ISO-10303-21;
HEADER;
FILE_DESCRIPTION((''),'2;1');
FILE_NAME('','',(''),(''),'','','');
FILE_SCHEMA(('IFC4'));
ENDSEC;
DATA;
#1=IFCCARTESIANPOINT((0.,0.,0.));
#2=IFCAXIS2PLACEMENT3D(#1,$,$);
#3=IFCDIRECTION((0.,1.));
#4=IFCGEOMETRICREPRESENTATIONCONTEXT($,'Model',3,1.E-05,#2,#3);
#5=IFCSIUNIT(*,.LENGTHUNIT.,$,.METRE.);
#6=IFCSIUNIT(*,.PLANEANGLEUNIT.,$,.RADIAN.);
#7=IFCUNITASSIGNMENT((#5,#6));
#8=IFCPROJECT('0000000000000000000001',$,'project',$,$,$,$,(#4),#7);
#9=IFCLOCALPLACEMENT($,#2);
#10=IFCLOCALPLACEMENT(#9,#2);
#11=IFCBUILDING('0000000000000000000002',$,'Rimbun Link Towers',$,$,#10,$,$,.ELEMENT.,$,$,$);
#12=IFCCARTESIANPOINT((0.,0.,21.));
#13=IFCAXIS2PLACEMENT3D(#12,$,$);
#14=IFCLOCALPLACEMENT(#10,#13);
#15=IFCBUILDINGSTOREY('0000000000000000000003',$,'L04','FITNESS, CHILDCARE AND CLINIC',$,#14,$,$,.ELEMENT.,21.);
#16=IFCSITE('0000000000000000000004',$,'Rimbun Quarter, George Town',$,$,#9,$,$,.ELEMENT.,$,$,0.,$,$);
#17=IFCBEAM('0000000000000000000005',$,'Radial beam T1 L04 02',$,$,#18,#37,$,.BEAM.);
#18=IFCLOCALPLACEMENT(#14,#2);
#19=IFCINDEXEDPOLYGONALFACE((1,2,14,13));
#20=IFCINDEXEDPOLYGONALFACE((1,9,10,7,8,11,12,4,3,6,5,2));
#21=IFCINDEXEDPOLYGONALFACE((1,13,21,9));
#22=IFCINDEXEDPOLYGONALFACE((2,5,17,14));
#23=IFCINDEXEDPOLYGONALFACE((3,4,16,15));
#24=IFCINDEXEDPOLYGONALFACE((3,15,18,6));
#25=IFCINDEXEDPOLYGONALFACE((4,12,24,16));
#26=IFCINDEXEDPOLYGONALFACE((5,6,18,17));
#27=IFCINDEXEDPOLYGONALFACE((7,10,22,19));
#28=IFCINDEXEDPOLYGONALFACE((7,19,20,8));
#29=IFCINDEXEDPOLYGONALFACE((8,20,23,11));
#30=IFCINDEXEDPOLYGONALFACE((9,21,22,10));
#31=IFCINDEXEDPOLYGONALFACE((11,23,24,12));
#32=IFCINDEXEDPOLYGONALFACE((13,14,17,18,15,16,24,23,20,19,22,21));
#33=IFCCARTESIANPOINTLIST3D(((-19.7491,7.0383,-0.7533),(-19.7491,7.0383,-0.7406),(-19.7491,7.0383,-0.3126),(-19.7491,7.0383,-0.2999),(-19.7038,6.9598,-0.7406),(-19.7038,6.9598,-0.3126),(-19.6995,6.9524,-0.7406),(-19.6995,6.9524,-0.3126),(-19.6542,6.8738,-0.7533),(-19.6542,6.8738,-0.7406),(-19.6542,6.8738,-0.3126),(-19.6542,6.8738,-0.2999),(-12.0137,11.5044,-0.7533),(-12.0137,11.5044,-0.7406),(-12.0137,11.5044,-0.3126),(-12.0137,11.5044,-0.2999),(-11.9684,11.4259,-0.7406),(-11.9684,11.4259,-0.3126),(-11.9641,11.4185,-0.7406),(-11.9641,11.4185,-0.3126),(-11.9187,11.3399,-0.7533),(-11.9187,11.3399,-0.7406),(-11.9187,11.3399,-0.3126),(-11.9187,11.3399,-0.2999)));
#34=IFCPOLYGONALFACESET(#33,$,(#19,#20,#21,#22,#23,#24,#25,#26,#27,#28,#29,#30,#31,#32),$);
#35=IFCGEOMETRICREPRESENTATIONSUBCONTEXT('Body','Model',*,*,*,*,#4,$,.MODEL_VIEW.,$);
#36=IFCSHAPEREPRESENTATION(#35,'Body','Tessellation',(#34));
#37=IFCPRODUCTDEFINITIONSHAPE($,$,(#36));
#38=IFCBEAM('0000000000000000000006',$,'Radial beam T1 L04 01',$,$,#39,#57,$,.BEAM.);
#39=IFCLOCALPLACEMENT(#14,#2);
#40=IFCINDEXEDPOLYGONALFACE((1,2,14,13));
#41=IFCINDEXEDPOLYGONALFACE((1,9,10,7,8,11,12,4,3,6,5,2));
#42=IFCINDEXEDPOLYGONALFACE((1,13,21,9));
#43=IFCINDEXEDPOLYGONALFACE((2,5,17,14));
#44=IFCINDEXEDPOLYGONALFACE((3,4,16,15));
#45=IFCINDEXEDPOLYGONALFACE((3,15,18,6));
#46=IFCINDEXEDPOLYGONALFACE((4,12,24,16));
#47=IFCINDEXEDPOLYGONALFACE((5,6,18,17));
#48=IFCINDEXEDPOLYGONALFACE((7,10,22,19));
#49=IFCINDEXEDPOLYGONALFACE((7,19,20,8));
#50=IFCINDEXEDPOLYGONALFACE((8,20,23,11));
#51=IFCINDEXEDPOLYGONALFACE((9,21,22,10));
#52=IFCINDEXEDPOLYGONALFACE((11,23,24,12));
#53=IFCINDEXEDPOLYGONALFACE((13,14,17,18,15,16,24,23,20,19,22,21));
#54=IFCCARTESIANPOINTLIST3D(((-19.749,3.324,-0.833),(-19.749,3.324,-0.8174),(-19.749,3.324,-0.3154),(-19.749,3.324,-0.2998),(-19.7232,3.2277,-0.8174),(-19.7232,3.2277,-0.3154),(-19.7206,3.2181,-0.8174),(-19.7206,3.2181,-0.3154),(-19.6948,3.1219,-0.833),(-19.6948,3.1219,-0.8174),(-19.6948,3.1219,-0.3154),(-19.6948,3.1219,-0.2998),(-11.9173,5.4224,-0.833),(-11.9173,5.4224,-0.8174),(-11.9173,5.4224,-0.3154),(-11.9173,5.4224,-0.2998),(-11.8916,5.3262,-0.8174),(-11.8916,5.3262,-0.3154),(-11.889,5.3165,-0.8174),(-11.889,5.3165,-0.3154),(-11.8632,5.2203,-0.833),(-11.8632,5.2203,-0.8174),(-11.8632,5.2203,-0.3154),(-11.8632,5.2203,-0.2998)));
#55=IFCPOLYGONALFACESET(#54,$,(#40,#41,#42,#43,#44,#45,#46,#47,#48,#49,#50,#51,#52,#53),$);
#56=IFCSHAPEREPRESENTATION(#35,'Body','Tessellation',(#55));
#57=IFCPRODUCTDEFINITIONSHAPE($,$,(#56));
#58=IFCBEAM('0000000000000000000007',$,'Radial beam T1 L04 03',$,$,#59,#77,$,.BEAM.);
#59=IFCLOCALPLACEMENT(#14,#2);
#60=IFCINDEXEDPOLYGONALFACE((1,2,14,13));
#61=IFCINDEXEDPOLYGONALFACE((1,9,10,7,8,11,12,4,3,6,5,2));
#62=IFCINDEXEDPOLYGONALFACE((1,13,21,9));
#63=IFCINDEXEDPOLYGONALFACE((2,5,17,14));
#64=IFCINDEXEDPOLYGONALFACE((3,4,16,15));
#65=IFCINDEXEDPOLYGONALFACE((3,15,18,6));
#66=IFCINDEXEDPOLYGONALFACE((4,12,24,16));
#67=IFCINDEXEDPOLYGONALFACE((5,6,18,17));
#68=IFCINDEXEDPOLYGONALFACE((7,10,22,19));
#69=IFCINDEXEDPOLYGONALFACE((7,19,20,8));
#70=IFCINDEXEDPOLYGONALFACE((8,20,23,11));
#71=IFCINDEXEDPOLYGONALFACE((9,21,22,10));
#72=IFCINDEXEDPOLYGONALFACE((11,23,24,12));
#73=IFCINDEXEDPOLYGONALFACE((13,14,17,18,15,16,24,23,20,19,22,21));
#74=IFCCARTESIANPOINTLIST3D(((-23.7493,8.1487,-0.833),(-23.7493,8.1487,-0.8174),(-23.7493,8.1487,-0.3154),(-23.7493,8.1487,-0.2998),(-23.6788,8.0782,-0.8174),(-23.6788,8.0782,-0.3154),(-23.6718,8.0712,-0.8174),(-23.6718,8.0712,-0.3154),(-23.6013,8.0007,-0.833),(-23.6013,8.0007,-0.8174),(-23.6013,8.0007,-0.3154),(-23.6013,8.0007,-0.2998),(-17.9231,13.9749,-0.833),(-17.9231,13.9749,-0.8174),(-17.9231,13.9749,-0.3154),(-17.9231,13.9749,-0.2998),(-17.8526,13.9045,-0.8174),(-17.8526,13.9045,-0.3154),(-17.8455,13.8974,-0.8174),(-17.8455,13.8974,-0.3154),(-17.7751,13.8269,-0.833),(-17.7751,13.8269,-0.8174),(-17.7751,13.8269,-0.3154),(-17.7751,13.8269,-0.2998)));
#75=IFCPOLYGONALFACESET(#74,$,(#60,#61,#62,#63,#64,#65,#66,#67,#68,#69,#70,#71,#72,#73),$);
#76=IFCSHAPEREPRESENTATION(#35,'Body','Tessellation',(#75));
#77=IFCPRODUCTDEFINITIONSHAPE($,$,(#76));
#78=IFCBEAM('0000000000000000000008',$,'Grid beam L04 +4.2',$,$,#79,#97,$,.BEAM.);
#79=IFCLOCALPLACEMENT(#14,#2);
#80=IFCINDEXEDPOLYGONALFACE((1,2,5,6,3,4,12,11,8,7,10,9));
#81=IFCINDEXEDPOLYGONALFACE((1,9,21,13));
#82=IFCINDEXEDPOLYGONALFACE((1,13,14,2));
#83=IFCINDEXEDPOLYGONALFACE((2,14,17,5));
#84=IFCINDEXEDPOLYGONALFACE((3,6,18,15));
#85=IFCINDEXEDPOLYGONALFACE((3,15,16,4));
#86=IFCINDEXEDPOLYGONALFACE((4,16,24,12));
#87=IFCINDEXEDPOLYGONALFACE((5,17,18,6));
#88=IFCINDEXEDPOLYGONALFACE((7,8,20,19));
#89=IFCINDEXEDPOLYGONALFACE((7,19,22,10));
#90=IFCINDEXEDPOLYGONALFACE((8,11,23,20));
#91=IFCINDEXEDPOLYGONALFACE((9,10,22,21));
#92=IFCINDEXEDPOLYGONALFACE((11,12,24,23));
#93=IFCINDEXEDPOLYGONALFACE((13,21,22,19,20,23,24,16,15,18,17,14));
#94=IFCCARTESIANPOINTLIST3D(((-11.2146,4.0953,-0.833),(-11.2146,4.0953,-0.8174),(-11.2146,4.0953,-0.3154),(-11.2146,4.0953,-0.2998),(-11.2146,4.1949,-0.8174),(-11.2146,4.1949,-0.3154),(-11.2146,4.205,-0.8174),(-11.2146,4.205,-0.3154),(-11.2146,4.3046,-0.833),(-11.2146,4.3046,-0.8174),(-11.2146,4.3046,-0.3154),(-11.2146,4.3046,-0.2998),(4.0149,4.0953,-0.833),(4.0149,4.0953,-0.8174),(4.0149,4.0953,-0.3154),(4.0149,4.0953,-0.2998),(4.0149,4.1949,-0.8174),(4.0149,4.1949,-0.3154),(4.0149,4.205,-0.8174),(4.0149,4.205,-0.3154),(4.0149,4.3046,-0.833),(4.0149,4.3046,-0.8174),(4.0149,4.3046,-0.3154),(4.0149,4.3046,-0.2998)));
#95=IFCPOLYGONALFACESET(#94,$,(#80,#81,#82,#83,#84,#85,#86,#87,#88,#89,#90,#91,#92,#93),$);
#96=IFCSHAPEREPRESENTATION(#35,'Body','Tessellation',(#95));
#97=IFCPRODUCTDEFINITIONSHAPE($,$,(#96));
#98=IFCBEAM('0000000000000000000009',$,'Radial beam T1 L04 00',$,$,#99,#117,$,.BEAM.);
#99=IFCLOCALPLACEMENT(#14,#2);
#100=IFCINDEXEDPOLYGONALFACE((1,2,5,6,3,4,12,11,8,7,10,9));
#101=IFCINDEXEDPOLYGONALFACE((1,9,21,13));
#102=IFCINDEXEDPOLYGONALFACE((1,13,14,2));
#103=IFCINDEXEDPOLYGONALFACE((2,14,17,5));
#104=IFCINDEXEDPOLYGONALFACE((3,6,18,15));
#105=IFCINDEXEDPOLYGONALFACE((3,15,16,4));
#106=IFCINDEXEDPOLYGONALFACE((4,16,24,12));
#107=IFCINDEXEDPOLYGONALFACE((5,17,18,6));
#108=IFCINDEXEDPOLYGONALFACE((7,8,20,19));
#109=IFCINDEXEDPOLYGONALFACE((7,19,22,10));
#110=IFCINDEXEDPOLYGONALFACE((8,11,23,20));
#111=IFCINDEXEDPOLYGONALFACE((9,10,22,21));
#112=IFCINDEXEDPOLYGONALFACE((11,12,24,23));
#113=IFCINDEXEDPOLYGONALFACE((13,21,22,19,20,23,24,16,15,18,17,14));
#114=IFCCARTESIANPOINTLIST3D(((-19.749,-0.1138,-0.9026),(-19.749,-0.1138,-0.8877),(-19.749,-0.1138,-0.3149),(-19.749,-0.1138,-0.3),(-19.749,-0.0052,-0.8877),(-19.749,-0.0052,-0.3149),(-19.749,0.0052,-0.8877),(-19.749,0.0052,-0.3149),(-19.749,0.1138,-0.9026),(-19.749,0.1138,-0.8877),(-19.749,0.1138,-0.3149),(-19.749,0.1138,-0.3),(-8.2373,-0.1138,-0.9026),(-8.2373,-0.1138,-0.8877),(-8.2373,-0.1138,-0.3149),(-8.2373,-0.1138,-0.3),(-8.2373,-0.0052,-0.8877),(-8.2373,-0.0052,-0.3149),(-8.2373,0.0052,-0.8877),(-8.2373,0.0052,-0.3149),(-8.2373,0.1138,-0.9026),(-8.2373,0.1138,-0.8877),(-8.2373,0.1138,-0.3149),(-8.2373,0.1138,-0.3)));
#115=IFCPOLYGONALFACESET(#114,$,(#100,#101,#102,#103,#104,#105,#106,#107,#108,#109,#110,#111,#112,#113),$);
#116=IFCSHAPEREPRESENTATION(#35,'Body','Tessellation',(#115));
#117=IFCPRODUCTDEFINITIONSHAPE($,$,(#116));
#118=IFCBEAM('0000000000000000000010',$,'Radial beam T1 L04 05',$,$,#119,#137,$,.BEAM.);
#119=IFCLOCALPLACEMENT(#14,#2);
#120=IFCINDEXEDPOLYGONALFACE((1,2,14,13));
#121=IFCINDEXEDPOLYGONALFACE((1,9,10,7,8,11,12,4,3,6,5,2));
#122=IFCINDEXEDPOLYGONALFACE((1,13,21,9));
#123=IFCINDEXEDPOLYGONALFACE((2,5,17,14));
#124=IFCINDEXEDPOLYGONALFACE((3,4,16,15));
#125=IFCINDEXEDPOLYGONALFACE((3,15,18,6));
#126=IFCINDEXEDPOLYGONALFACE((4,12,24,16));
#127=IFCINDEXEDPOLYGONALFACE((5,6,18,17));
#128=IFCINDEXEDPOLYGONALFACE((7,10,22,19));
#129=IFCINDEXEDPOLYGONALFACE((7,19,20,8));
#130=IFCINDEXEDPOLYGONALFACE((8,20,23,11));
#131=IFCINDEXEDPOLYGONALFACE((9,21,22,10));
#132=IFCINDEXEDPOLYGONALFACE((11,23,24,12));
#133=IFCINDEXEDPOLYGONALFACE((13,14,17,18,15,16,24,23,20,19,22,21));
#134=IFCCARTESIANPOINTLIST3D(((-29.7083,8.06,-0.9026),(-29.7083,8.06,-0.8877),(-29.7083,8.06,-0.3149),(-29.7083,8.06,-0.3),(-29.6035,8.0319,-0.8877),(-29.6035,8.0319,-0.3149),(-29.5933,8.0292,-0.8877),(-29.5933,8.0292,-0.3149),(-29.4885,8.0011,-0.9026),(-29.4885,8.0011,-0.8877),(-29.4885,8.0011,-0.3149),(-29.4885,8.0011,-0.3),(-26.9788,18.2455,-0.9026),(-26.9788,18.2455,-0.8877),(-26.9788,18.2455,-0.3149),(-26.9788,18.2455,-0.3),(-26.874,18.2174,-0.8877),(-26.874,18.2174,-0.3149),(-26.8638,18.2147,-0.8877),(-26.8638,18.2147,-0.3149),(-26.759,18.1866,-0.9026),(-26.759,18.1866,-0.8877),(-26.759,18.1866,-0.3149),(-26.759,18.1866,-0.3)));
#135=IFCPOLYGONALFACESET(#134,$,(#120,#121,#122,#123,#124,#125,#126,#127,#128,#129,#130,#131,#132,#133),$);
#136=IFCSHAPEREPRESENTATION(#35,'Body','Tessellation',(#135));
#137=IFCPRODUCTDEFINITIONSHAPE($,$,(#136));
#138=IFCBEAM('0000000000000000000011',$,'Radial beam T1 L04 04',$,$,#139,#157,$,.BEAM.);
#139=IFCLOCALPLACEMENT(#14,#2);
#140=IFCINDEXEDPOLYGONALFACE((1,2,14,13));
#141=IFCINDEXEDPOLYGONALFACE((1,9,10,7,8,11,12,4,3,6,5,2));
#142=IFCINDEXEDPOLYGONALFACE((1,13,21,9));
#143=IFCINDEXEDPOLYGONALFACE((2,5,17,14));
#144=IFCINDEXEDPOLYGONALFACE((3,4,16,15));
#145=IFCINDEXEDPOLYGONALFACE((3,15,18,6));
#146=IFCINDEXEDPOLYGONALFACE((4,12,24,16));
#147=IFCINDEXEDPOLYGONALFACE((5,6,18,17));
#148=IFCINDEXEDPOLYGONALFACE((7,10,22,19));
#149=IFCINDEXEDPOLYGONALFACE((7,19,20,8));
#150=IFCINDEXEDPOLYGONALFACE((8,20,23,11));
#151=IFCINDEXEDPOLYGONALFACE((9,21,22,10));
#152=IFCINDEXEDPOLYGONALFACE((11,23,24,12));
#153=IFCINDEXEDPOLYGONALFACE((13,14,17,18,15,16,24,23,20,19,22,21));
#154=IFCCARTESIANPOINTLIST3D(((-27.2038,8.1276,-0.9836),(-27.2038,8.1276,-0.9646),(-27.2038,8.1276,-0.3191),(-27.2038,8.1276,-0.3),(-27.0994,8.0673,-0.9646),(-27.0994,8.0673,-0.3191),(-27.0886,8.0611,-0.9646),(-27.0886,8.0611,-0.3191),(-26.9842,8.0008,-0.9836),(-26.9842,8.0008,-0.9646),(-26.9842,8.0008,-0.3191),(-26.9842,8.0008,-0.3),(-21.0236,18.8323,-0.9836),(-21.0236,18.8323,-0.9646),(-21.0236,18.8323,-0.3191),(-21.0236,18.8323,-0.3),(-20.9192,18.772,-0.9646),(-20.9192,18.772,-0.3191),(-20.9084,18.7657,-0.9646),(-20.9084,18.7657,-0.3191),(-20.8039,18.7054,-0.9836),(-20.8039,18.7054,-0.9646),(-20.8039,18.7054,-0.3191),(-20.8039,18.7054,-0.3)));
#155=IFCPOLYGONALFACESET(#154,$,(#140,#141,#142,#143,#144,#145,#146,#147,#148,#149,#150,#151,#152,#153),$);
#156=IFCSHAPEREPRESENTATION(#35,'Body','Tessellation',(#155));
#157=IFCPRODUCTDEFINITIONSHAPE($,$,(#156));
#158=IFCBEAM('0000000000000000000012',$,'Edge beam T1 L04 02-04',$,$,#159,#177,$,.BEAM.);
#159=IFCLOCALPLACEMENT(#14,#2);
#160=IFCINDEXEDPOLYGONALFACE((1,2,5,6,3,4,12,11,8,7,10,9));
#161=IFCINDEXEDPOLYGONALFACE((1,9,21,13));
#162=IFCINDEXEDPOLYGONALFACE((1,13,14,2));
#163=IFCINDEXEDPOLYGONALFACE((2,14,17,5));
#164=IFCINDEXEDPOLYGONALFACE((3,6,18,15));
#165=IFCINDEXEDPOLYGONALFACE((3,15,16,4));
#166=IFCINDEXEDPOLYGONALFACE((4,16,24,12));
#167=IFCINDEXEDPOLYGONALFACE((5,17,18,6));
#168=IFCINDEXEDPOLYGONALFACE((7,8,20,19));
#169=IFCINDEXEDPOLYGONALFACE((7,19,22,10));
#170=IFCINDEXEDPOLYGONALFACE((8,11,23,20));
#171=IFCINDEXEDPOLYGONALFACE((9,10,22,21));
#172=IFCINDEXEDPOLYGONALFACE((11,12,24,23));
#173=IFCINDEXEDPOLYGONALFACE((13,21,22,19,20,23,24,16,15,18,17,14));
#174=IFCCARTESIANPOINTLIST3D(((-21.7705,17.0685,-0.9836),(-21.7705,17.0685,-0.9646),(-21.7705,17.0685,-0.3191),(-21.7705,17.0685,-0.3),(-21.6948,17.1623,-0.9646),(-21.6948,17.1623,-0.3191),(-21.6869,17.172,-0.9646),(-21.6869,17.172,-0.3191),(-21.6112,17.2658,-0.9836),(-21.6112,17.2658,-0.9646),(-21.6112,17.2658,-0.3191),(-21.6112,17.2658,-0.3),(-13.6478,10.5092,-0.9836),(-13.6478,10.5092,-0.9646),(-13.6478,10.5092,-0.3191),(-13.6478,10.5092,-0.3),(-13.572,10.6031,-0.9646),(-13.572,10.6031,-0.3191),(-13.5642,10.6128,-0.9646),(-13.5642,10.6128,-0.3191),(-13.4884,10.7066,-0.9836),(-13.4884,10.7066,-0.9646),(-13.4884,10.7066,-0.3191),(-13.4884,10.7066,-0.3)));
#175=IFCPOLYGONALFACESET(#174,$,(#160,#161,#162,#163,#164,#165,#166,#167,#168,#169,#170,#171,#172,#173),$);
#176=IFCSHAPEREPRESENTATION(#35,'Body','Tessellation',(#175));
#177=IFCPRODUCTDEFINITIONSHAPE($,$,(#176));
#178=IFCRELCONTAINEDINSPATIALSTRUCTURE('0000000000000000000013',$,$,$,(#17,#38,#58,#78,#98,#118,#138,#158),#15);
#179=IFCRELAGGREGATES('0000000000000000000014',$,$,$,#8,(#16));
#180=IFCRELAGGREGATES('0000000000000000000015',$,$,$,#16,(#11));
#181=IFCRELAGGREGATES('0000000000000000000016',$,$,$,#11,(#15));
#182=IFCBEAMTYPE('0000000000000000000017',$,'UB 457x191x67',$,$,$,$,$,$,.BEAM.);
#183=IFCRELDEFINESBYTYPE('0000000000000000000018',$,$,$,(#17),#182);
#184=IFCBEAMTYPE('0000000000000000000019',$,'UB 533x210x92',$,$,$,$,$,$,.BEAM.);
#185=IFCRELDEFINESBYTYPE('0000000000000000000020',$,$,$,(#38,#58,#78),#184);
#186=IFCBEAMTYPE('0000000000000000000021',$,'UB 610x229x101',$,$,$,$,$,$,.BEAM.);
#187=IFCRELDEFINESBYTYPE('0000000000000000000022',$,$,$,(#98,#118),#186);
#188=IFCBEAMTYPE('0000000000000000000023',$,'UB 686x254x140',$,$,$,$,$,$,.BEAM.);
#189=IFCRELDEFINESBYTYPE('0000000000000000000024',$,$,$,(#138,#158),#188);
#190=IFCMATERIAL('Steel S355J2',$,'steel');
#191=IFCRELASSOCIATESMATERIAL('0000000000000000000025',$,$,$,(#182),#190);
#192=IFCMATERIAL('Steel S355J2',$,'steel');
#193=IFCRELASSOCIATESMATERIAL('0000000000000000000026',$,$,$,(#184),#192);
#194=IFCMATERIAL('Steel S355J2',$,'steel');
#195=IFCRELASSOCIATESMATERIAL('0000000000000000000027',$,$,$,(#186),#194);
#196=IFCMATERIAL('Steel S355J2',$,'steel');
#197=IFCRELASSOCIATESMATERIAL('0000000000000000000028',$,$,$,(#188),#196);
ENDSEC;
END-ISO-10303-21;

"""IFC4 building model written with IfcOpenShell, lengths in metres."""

from ifc_helpers import new_model, si_unit, direction, frame, origin, origin_2d, place, context, subcontext, project, spatial, i_section, extrude, material, material_profile, profile_set, type_object, element, save


model = new_model("IFC4")

# Units and contexts
model_context = context("Model", 3, precision=1e-05, world=origin(), true_north=direction((0.0, 1.0)))
body_context = subcontext(model_context, "Body", "Model", "MODEL_VIEW")
ifc_project = project(units=[si_unit("LENGTHUNIT", "METRE"), si_unit("PLANEANGLEUNIT", "RADIAN")], contexts=[model_context])

# Site, building, storey
site_placement = place(None, origin())
site = spatial("IfcSite", under=ifc_project, at=site_placement, Name="Rimbun Quarter, George Town", CompositionType="ELEMENT", RefElevation=0.0)
building_placement = place(site_placement, origin())
building = spatial("IfcBuilding", under=site, at=building_placement, Name="Rimbun Link Towers", CompositionType="ELEMENT")
storey_placement = place(building_placement, frame((0.0, 0.0, 21.0)))
storey = spatial("IfcBuildingStorey", under=building, at=storey_placement, Name="L04", Description="FITNESS, CHILDCARE AND CLINIC", CompositionType="ELEMENT", Elevation=21.0)

# Beams
ifc_material_1 = material(Name="Steel S355J2", Category="steel")
ifc_material_profile_1 = material_profile(ifc_material_1, i_section(OverallWidth=0.1899, OverallDepth=0.4534, WebThickness=0.0085, FlangeThickness=0.0127, at=origin_2d()), Name="UB 457x191x67")
ifc_profile_set_1 = profile_set([ifc_material_profile_1], Name="Steel S355J2")
beam_type_1 = type_object("IfcBeamType", Name="UB 457x191x67", PredefinedType="BEAM", material=ifc_profile_set_1)
beam_1_placement = place(storey_placement, frame((-19.7017, 6.9561, -0.5266), z_axis=(0.866023, 0.500005, 0.0), x_axis=(-0.500005, 0.866023, 0.0)))
element("IfcBeam", 1, at=beam_1_placement, inside=storey, type_object=beam_type_1, Name="Radial beam T1 L04 02", PredefinedType="BEAM", context=body_context, shape_type="SweptSolid", body=[
    extrude(i_section(OverallWidth=0.1899, OverallDepth=0.4534, WebThickness=0.0085, FlangeThickness=0.0127, at=origin_2d()), origin(), (0.0, 0.0, 1.0), 8.9321),
])
ifc_material_2 = material(Name="Steel S355J2", Category="steel")
ifc_material_profile_2 = material_profile(ifc_material_2, i_section(OverallWidth=0.2092, OverallDepth=0.5332, WebThickness=0.01, FlangeThickness=0.0156, at=origin_2d()), Name="UB 533x210x92")
ifc_profile_set_2 = profile_set([ifc_material_profile_2], Name="Steel S355J2")
beam_type_2 = type_object("IfcBeamType", Name="UB 533x210x92", PredefinedType="BEAM", material=ifc_profile_set_2)
beam_2_placement = place(storey_placement, frame((-19.7219, 3.2229, -0.5664), z_axis=(0.965928, 0.258811, 0.0), x_axis=(-0.258811, 0.965928, 0.0)))
element("IfcBeam", 2, at=beam_2_placement, inside=storey, type_object=beam_type_2, Name="Radial beam T1 L04 01", PredefinedType="BEAM", context=body_context, shape_type="SweptSolid", body=[
    extrude(i_section(OverallWidth=0.2092, OverallDepth=0.5332, WebThickness=0.01, FlangeThickness=0.0156, at=origin_2d()), origin(), (0.0, 0.0, 1.0), 8.1079),
])
beam_3_placement = place(storey_placement, frame((-23.6753, 8.0747, -0.5664), z_axis=(0.707107, 0.707107, 0.0), x_axis=(-0.707107, 0.707107, 0.0)))
element("IfcBeam", 3, at=beam_3_placement, inside=storey, type_object=beam_type_2, Name="Radial beam T1 L04 03", PredefinedType="BEAM", context=body_context, shape_type="SweptSolid", body=[
    extrude(i_section(OverallWidth=0.2092, OverallDepth=0.5332, WebThickness=0.01, FlangeThickness=0.0156, at=origin_2d()), origin(), (0.0, 0.0, 1.0), 8.2395),
])
beam_4_placement = place(storey_placement, frame((-11.2146, 4.2, -0.5664), z_axis=(1.0, 0.0, 0.0), x_axis=(0.0, 1.0, 0.0)))
element("IfcBeam", 4, at=beam_4_placement, inside=storey, type_object=beam_type_2, Name="Grid beam L04 +4.2", PredefinedType="BEAM", context=body_context, shape_type="SweptSolid", body=[
    extrude(i_section(OverallWidth=0.2092, OverallDepth=0.5332, WebThickness=0.01, FlangeThickness=0.0156, at=origin_2d()), origin(), (0.0, 0.0, 1.0), 15.2295),
])
ifc_material_3 = material(Name="Steel S355J2", Category="steel")
ifc_material_profile_3 = material_profile(ifc_material_3, i_section(OverallWidth=0.2275, OverallDepth=0.6025, WebThickness=0.0105, FlangeThickness=0.0149, at=origin_2d()), Name="UB 610x229x101")
ifc_profile_set_3 = profile_set([ifc_material_profile_3], Name="Steel S355J2")
beam_type_3 = type_object("IfcBeamType", Name="UB 610x229x101", PredefinedType="BEAM", material=ifc_profile_set_3)
beam_5_placement = place(storey_placement, frame((-19.749, 0.0, -0.6013), z_axis=(1.0, 0.0, 0.0), x_axis=(0.0, 1.0, 0.0)))
element("IfcBeam", 5, at=beam_5_placement, inside=storey, type_object=beam_type_3, Name="Radial beam T1 L04 00", PredefinedType="BEAM", context=body_context, shape_type="SweptSolid", body=[
    extrude(i_section(OverallWidth=0.2275, OverallDepth=0.6025, WebThickness=0.0105, FlangeThickness=0.0149, at=origin_2d()), origin(), (0.0, 0.0, 1.0), 11.5117),
])
beam_6_placement = place(storey_placement, frame((-29.5984, 8.0305, -0.6013), z_axis=(0.258844, 0.965919, 0.0), x_axis=(-0.965919, 0.258844, 0.0)))
element("IfcBeam", 6, at=beam_6_placement, inside=storey, type_object=beam_type_3, Name="Radial beam T1 L04 05", PredefinedType="BEAM", context=body_context, shape_type="SweptSolid", body=[
    extrude(i_section(OverallWidth=0.2275, OverallDepth=0.6025, WebThickness=0.0105, FlangeThickness=0.0149, at=origin_2d()), origin(), (0.0, 0.0, 1.0), 10.5449),
])
ifc_material_4 = material(Name="Steel S355J2", Category="steel")
ifc_material_profile_4 = material_profile(ifc_material_4, i_section(OverallWidth=0.2537, OverallDepth=0.6836, WebThickness=0.0125, FlangeThickness=0.019, at=origin_2d()), Name="UB 686x254x140")
ifc_profile_set_4 = profile_set([ifc_material_profile_4], Name="Steel S355J2")
beam_type_4 = type_object("IfcBeamType", Name="UB 686x254x140", PredefinedType="BEAM", material=ifc_profile_set_4)
beam_7_placement = place(storey_placement, frame((-27.094, 8.0642, -0.6418), z_axis=(0.499993, 0.86603, 0.0), x_axis=(-0.86603, 0.499993, 0.0)))
element("IfcBeam", 7, at=beam_7_placement, inside=storey, type_object=beam_type_4, Name="Radial beam T1 L04 04", PredefinedType="BEAM", context=body_context, shape_type="SweptSolid", body=[
    extrude(i_section(OverallWidth=0.2537, OverallDepth=0.6836, WebThickness=0.0125, FlangeThickness=0.019, at=origin_2d()), origin(), (0.0, 0.0, 1.0), 12.3606),
])
beam_8_placement = place(storey_placement, frame((-13.5681, 10.6079, -0.6418), z_axis=(-0.778007, 0.628256, 0.0), x_axis=(-0.628256, -0.778007, 0.0)))
element("IfcBeam", 8, at=beam_8_placement, inside=storey, type_object=beam_type_4, Name="Edge beam T1 L04 02-04", PredefinedType="BEAM", context=body_context, shape_type="SweptSolid", body=[
    extrude(i_section(OverallWidth=0.2537, OverallDepth=0.6836, WebThickness=0.0125, FlangeThickness=0.019, at=origin_2d()), origin(), (0.0, 0.0, 1.0), 10.4404),
])

save(model, "model.ifc")
